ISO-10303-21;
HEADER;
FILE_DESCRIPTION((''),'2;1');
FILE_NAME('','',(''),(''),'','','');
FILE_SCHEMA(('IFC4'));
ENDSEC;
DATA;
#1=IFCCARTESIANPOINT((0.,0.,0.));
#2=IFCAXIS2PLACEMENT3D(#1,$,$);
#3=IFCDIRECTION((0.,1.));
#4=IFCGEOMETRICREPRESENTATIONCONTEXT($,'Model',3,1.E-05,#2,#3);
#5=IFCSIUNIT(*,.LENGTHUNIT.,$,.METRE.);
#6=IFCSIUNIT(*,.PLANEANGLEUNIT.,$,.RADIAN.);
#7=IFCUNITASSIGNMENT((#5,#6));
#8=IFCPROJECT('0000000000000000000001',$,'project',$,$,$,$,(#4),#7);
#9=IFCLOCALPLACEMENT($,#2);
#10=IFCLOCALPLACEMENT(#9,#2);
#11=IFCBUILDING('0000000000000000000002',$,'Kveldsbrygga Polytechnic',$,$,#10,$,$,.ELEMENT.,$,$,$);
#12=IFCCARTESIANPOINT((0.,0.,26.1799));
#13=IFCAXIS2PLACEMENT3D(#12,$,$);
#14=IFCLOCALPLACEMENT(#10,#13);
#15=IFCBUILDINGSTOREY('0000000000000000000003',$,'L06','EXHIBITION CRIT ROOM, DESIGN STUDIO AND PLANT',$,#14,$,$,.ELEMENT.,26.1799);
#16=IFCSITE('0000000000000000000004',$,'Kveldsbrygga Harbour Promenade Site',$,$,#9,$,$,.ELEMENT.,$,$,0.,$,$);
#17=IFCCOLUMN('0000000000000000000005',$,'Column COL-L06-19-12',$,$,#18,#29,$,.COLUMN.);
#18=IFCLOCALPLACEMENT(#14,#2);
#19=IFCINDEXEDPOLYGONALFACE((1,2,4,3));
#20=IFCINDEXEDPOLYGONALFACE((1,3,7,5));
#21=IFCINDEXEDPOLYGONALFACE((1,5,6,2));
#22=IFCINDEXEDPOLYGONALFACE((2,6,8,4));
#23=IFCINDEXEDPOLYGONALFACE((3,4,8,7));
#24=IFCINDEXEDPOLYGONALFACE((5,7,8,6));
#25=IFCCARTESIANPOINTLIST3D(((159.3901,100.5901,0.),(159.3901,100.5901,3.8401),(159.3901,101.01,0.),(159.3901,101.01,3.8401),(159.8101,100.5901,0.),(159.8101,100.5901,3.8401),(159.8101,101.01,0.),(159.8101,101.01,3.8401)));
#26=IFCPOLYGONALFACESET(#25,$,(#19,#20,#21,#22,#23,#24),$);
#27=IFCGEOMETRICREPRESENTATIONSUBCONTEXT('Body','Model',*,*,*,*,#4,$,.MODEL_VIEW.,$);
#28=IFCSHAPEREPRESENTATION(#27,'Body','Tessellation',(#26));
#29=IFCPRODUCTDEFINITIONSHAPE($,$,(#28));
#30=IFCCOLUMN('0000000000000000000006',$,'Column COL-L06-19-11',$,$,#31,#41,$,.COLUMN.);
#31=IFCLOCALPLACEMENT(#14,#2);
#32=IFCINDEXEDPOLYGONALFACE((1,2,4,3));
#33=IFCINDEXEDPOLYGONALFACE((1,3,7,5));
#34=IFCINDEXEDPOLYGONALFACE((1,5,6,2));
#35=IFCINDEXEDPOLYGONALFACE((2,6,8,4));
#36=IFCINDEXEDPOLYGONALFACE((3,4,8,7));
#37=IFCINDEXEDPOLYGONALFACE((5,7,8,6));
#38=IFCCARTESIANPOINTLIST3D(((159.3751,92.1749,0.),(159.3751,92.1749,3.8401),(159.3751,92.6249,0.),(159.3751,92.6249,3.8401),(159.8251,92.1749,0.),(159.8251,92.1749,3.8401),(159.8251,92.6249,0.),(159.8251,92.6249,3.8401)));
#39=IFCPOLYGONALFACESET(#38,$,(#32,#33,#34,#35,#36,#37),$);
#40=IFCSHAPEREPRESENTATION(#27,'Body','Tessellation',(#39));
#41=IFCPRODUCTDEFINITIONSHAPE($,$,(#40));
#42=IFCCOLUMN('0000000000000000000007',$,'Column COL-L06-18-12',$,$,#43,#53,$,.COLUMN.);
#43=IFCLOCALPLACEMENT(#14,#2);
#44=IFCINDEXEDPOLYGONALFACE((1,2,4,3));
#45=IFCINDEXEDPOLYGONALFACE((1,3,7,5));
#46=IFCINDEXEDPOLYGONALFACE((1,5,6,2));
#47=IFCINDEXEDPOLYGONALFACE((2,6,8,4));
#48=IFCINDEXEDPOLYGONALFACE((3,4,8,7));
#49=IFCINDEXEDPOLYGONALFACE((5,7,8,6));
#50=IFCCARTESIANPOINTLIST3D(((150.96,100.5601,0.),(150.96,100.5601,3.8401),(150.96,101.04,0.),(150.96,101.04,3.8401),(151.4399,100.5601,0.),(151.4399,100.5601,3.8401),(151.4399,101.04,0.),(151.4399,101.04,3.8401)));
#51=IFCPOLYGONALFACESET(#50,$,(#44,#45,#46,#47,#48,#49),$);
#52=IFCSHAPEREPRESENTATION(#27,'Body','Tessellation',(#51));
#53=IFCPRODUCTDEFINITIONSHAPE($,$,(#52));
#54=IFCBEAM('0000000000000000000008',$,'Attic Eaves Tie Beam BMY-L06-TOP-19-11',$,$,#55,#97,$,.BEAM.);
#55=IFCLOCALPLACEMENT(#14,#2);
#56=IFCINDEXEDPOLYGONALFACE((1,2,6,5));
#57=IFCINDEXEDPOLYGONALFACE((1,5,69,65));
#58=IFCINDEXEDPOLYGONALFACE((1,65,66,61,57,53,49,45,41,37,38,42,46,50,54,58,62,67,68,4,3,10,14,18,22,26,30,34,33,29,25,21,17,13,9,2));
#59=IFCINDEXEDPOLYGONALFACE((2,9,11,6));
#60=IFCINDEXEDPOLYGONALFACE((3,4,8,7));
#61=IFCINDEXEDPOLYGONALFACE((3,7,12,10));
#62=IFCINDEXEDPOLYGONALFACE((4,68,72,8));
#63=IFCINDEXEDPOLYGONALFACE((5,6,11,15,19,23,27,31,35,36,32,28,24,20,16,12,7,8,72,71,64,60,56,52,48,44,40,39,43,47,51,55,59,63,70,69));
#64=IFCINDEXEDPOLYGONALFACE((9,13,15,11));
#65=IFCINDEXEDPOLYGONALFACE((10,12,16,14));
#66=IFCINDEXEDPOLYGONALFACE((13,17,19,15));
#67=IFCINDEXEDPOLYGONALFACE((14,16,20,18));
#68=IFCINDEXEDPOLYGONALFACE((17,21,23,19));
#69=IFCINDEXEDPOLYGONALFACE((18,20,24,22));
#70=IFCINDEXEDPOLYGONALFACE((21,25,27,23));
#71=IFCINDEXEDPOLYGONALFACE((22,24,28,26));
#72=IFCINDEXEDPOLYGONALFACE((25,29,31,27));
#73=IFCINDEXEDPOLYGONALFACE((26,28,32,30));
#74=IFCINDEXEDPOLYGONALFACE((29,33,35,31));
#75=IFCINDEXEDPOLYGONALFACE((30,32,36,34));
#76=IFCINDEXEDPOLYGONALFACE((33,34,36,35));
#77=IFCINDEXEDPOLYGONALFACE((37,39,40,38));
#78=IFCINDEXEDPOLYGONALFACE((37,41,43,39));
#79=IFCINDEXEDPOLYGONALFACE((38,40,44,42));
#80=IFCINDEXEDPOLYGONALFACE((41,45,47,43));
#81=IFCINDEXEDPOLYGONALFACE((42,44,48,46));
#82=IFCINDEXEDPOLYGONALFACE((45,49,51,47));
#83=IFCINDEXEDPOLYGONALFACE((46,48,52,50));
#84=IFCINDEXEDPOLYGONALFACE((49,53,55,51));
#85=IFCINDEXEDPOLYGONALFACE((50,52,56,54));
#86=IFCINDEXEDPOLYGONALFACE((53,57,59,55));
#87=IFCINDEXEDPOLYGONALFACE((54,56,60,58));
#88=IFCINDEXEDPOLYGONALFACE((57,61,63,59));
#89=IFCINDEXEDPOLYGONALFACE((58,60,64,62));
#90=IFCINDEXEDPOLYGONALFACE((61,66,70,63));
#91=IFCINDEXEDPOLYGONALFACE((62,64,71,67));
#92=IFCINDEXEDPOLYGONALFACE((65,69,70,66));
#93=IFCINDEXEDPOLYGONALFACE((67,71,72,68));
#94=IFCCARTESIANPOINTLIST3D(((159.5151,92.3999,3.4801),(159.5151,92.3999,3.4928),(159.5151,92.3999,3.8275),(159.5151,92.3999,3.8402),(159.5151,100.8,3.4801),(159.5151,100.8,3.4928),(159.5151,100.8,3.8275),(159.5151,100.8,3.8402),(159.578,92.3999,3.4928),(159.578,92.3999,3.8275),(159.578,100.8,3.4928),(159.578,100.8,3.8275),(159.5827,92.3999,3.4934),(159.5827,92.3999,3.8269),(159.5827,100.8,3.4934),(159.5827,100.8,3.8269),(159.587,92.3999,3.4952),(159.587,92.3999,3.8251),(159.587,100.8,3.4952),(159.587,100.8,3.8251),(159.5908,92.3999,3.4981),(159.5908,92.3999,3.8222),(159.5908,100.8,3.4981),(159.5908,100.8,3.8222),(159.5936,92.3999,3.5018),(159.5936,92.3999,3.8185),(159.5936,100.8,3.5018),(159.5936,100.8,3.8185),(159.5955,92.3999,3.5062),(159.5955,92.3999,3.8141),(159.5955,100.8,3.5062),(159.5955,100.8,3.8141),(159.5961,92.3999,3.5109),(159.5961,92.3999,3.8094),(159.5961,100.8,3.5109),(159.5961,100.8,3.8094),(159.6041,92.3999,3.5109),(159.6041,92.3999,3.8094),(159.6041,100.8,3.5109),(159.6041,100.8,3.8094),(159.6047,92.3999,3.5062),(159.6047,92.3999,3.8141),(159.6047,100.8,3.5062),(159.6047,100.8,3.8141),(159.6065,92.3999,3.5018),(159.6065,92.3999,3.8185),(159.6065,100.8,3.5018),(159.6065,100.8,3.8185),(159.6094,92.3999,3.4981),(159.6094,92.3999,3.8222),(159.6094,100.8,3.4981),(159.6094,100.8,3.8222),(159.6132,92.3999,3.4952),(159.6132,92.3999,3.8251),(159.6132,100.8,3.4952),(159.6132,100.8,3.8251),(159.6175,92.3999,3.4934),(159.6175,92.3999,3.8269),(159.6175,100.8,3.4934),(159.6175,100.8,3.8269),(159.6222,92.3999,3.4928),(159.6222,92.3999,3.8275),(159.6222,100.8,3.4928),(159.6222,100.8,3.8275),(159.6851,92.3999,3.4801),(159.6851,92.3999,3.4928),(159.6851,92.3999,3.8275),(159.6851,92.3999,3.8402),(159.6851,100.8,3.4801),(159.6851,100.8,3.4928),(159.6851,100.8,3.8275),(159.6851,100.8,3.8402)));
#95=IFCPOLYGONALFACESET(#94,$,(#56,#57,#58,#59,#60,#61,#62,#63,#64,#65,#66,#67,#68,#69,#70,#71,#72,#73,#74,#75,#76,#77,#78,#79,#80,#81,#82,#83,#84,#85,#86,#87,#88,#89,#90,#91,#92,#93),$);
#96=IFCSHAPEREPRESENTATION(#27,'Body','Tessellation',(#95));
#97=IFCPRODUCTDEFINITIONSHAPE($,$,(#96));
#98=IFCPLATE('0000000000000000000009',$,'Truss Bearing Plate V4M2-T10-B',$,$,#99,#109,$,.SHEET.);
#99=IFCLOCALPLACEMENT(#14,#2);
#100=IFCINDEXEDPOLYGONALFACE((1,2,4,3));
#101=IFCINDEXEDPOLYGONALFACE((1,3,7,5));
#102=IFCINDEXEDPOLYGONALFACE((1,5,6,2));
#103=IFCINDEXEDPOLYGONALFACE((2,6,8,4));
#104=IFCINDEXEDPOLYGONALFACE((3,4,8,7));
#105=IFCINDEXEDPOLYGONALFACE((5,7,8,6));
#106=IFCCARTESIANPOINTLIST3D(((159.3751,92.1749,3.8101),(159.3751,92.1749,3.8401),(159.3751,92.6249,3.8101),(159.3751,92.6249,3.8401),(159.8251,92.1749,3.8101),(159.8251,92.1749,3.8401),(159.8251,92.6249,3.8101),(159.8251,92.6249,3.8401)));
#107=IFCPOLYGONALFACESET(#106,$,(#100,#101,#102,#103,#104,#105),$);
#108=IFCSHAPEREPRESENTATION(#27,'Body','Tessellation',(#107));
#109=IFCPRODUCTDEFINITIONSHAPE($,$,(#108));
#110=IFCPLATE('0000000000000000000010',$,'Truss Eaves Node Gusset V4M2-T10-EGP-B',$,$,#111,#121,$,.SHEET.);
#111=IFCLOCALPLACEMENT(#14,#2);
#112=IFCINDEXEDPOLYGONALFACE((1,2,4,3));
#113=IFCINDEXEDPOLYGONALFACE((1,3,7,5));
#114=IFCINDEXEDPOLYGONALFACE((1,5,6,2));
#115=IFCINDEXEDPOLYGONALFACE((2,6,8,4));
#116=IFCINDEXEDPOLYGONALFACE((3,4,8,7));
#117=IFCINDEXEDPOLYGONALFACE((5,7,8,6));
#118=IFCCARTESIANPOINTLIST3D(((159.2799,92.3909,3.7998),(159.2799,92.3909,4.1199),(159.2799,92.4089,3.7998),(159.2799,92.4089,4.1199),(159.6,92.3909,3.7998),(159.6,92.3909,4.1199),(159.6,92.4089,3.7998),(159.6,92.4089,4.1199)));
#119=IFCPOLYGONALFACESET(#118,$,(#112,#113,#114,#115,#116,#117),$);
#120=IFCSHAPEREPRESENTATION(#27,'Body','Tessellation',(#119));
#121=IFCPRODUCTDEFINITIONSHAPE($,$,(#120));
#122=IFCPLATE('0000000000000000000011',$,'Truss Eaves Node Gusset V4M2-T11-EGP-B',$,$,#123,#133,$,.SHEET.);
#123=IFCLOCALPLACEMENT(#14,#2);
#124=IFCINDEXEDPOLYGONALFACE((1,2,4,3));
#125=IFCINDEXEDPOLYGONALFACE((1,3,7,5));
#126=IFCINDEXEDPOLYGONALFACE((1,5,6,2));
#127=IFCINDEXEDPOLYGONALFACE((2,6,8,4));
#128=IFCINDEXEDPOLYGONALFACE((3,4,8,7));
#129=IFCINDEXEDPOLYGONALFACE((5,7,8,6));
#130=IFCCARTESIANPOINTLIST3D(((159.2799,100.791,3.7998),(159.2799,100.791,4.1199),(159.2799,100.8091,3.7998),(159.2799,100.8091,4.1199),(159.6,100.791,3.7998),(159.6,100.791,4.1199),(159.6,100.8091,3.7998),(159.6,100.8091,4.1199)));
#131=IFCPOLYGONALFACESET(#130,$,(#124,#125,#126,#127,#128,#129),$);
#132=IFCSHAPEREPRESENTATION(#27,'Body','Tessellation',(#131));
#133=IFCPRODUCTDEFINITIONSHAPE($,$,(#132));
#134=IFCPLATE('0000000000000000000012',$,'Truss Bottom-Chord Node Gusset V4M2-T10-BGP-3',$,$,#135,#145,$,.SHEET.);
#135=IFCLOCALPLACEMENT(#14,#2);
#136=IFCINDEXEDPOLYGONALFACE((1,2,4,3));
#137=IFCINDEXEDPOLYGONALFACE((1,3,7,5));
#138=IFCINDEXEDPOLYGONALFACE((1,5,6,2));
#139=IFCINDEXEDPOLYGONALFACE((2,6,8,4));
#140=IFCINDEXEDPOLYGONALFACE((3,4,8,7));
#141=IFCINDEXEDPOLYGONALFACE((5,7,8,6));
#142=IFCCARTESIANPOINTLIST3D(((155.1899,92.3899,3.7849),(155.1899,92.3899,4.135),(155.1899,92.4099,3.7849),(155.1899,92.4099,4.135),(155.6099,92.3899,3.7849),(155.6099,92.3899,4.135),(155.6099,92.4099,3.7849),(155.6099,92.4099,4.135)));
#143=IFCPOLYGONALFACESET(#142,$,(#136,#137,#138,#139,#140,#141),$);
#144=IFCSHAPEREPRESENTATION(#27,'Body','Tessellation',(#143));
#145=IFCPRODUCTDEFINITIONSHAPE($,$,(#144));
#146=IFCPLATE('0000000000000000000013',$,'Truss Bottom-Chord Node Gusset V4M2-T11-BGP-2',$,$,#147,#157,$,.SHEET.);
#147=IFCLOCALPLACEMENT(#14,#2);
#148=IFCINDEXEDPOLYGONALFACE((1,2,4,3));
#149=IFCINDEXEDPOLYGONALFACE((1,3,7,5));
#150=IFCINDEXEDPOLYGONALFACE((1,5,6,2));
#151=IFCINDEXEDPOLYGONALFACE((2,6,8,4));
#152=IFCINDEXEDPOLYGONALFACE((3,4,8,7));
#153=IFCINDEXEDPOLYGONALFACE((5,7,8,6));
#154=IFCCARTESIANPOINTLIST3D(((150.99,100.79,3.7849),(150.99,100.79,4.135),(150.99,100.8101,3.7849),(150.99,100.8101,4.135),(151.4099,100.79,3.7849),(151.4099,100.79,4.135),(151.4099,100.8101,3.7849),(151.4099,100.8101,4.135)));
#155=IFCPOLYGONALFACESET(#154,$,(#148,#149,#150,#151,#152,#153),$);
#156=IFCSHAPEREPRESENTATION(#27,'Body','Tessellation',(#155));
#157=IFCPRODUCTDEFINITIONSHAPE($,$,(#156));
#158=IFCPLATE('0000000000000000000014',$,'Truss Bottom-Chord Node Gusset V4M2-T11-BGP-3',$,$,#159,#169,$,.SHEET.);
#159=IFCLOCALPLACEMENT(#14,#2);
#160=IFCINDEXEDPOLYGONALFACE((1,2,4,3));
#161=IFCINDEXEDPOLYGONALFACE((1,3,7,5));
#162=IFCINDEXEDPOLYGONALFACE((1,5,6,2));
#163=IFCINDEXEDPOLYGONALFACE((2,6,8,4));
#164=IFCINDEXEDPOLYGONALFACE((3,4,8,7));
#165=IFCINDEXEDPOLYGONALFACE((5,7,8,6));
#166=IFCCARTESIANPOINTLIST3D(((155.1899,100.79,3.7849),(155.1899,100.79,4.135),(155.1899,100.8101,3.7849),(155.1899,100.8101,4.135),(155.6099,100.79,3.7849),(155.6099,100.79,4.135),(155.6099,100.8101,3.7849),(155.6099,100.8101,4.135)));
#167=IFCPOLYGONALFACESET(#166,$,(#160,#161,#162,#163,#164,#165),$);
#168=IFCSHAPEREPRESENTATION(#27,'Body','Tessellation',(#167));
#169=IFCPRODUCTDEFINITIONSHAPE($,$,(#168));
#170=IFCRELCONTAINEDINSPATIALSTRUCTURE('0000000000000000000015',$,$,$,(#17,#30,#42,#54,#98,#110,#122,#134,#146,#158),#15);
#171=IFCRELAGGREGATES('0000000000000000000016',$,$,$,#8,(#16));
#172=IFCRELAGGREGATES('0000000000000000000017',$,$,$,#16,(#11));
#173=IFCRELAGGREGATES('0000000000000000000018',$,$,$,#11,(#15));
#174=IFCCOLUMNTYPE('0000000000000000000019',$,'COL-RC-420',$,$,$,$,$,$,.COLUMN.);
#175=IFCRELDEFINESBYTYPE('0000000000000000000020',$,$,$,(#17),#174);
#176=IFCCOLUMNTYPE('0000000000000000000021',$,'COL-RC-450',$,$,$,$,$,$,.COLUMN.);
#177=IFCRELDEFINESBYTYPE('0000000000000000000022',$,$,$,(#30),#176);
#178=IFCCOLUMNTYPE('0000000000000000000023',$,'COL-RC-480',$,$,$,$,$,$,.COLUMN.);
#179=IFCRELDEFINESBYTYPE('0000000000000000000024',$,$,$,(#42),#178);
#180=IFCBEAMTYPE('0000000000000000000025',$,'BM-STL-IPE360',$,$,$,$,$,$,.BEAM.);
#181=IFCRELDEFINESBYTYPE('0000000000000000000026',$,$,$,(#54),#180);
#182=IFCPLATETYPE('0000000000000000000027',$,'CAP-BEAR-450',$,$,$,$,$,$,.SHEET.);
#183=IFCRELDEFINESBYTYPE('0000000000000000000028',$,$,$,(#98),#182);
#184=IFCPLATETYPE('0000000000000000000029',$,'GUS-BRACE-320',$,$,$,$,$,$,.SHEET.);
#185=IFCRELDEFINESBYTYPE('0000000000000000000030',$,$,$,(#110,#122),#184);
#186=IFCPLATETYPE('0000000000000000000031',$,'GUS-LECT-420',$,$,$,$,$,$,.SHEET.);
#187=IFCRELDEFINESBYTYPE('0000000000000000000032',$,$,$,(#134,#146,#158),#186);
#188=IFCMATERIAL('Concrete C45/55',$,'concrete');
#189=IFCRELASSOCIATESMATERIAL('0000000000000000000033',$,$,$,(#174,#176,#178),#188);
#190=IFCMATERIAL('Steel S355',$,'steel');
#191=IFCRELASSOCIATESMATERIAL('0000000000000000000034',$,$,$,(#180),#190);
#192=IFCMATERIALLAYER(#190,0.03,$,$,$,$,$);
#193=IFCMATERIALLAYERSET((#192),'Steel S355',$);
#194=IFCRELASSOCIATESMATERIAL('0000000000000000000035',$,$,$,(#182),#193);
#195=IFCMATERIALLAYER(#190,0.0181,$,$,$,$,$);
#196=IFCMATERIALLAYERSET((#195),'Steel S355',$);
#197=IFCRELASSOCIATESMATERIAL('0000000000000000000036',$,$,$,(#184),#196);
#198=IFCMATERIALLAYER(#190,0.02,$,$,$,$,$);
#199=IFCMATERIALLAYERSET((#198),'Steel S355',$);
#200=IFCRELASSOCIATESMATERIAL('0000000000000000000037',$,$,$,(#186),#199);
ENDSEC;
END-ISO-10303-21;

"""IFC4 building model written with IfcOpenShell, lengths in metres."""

from ifc_helpers import new_model, si_unit, direction, frame, origin, origin_2d, place, context, subcontext, project, spatial, rectangle, i_section, extrude, material, layer, layer_set, material_profile, profile_set, type_object, element, save


model = new_model("IFC4")

# Units and contexts
model_context = context("Model", 3, precision=1e-05, world=origin(), true_north=direction((0.0, 1.0)))
body_context = subcontext(model_context, "Body", "Model", "MODEL_VIEW")
ifc_project = project(units=[si_unit("LENGTHUNIT", "METRE"), si_unit("PLANEANGLEUNIT", "RADIAN")], contexts=[model_context])

# Site, building, storey
site_placement = place(None, origin())
site = spatial("IfcSite", under=ifc_project, at=site_placement, Name="Kveldsbrygga Harbour Promenade Site", CompositionType="ELEMENT", RefElevation=0.0)
building_placement = place(site_placement, origin())
building = spatial("IfcBuilding", under=site, at=building_placement, Name="Kveldsbrygga Polytechnic", CompositionType="ELEMENT")
storey_placement = place(building_placement, frame((0.0, 0.0, 26.1799)))
storey = spatial("IfcBuildingStorey", under=building, at=storey_placement, Name="L06", Description="EXHIBITION CRIT ROOM, DESIGN STUDIO AND PLANT", CompositionType="ELEMENT", Elevation=26.1799)

# Columns
ifc_material_1 = material(Name="Concrete C45/55", Category="concrete")
ifc_material_profile_1 = material_profile(ifc_material_1, rectangle(XDim=0.4199, YDim=0.4199, at=origin_2d()), Name="RC 420x420")
ifc_profile_set_1 = profile_set([ifc_material_profile_1], Name="Concrete C45/55")
column_type_1 = type_object("IfcColumnType", Name="COL-RC-420", PredefinedType="COLUMN", material=ifc_profile_set_1)
column_1_placement = place(storey_placement, frame((159.6001, 100.8, 0.0), z_axis=(0.0, 0.0, 1.0), x_axis=(1.0, 0.0, 0.0)))
element("IfcColumn", 1, at=column_1_placement, inside=storey, type_object=column_type_1, Name="Column COL-L06-19-12", PredefinedType="COLUMN", context=body_context, shape_type="SweptSolid", body=[
    extrude(rectangle(XDim=0.4199, YDim=0.4199, at=origin_2d()), origin(), (0.0, 0.0, 1.0), 3.8401),
])
ifc_material_profile_2 = material_profile(ifc_material_1, rectangle(XDim=0.45, YDim=0.45, at=origin_2d()), Name="RC 450x450")
ifc_profile_set_2 = profile_set([ifc_material_profile_2], Name="Concrete C45/55")
column_type_2 = type_object("IfcColumnType", Name="COL-RC-450", PredefinedType="COLUMN", material=ifc_profile_set_2)
column_2_placement = place(storey_placement, frame((159.6001, 92.3999, 0.0), z_axis=(0.0, 0.0, 1.0), x_axis=(1.0, 0.0, 0.0)))
element("IfcColumn", 2, at=column_2_placement, inside=storey, type_object=column_type_2, Name="Column COL-L06-19-11", PredefinedType="COLUMN", context=body_context, shape_type="SweptSolid", body=[
    extrude(rectangle(XDim=0.45, YDim=0.45, at=origin_2d()), origin(), (0.0, 0.0, 1.0), 3.8401),
])
ifc_material_profile_3 = material_profile(ifc_material_1, rectangle(XDim=0.48, YDim=0.48, at=origin_2d()), Name="RC 480x480")
ifc_profile_set_3 = profile_set([ifc_material_profile_3], Name="Concrete C45/55")
column_type_3 = type_object("IfcColumnType", Name="COL-RC-480", PredefinedType="COLUMN", material=ifc_profile_set_3)
column_3_placement = place(storey_placement, frame((151.2, 100.8, 0.0), z_axis=(0.0, 0.0, 1.0), x_axis=(1.0, 0.0, 0.0)))
element("IfcColumn", 3, at=column_3_placement, inside=storey, type_object=column_type_3, Name="Column COL-L06-18-12", PredefinedType="COLUMN", context=body_context, shape_type="SweptSolid", body=[
    extrude(rectangle(XDim=0.48, YDim=0.48, at=origin_2d()), origin(), (0.0, 0.0, 1.0), 3.8401),
])

# Beam
ifc_material_2 = material(Name="Steel S355", Category="steel")
ifc_material_profile_4 = material_profile(ifc_material_2, i_section(OverallWidth=0.1699, OverallDepth=0.3601, WebThickness=0.0081, FlangeThickness=0.0127, FilletRadius=0.0181, at=origin_2d()), Name="IPE 360")
ifc_profile_set_4 = profile_set([ifc_material_profile_4], Name="Steel S355")
beam_type = type_object("IfcBeamType", Name="BM-STL-IPE360", PredefinedType="BEAM", material=ifc_profile_set_4)
beam_placement = place(storey_placement, frame((159.6001, 92.3999, 3.6602), z_axis=(0.0, 1.0, 0.0), x_axis=(-1.0, 0.0, 0.0)))
element("IfcBeam", 4, at=beam_placement, inside=storey, type_object=beam_type, Name="Attic Eaves Tie Beam BMY-L06-TOP-19-11", PredefinedType="BEAM", context=body_context, shape_type="SweptSolid", body=[
    extrude(i_section(OverallWidth=0.1699, OverallDepth=0.3601, WebThickness=0.0081, FlangeThickness=0.0127, FilletRadius=0.0181, at=origin_2d()), origin(), (0.0, 0.0, 1.0), 8.4001),
])

# Plates
ifc_layer_1 = layer(ifc_material_2, 0.03)
ifc_layer_set_1 = layer_set([ifc_layer_1], Name="Steel S355")
plate_type_1 = type_object("IfcPlateType", Name="CAP-BEAR-450", PredefinedType="SHEET", material=ifc_layer_set_1)
plate_placement = place(storey_placement, frame((159.6001, 92.3999, 3.8101), z_axis=(0.0, 0.0, 1.0), x_axis=(1.0, 0.0, 0.0)))
element("IfcPlate", 5, at=plate_placement, inside=storey, type_object=plate_type_1, Name="Truss Bearing Plate V4M2-T10-B", PredefinedType="SHEET", context=body_context, shape_type="SweptSolid", body=[
    extrude(rectangle(XDim=0.45, YDim=0.45, at=origin_2d()), origin(), (0.0, 0.0, 1.0), 0.03),
])
ifc_layer_2 = layer(ifc_material_2, 0.0181)
ifc_layer_set_2 = layer_set([ifc_layer_2], Name="Steel S355")
plate_type_2 = type_object("IfcPlateType", Name="GUS-BRACE-320", PredefinedType="SHEET", material=ifc_layer_set_2)
for number, where, z_axis, x_axis, name in (
    (6, (159.4399, 92.3999, 3.7998), (0.0, 0.0, 1.0), (1.0, 0.0, 0.0), "Truss Eaves Node Gusset V4M2-T10-EGP-B"),
    (7, (159.4399, 100.8, 3.7998), (0.0, 0.0, 1.0), (1.0, 0.0, 0.0), "Truss Eaves Node Gusset V4M2-T11-EGP-B"),
):
    element("IfcPlate", number, at=place(storey_placement, frame(where, z_axis=z_axis, x_axis=x_axis)), inside=storey, type_object=plate_type_2, Name=name, PredefinedType="SHEET", context=body_context, shape_type="SweptSolid", body=[
        extrude(rectangle(XDim=0.3201, YDim=0.0181, at=origin_2d()), origin(), (0.0, 0.0, 1.0), 0.3201),
    ])
ifc_layer_3 = layer(ifc_material_2, 0.02)
ifc_layer_set_3 = layer_set([ifc_layer_3], Name="Steel S355")
plate_type_3 = type_object("IfcPlateType", Name="GUS-LECT-420", PredefinedType="SHEET", material=ifc_layer_set_3)
for number, where, z_axis, x_axis, name in (
    (8, (155.3999, 92.3999, 3.7849), (0.0, 0.0, 1.0), (1.0, 0.0, 0.0), "Truss Bottom-Chord Node Gusset V4M2-T10-BGP-3"),
    (9, (151.2, 100.8, 3.7849), (0.0, 0.0, 1.0), (1.0, 0.0, 0.0), "Truss Bottom-Chord Node Gusset V4M2-T11-BGP-2"),
    (10, (155.3999, 100.8, 3.7849), (0.0, 0.0, 1.0), (1.0, 0.0, 0.0), "Truss Bottom-Chord Node Gusset V4M2-T11-BGP-3"),
):
    element("IfcPlate", number, at=place(storey_placement, frame(where, z_axis=z_axis, x_axis=x_axis)), inside=storey, type_object=plate_type_3, Name=name, PredefinedType="SHEET", context=body_context, shape_type="SweptSolid", body=[
        extrude(rectangle(XDim=0.4199, YDim=0.02, at=origin_2d()), origin(), (0.0, 0.0, 1.0), 0.3501),
    ])

save(model, "model.ifc")
